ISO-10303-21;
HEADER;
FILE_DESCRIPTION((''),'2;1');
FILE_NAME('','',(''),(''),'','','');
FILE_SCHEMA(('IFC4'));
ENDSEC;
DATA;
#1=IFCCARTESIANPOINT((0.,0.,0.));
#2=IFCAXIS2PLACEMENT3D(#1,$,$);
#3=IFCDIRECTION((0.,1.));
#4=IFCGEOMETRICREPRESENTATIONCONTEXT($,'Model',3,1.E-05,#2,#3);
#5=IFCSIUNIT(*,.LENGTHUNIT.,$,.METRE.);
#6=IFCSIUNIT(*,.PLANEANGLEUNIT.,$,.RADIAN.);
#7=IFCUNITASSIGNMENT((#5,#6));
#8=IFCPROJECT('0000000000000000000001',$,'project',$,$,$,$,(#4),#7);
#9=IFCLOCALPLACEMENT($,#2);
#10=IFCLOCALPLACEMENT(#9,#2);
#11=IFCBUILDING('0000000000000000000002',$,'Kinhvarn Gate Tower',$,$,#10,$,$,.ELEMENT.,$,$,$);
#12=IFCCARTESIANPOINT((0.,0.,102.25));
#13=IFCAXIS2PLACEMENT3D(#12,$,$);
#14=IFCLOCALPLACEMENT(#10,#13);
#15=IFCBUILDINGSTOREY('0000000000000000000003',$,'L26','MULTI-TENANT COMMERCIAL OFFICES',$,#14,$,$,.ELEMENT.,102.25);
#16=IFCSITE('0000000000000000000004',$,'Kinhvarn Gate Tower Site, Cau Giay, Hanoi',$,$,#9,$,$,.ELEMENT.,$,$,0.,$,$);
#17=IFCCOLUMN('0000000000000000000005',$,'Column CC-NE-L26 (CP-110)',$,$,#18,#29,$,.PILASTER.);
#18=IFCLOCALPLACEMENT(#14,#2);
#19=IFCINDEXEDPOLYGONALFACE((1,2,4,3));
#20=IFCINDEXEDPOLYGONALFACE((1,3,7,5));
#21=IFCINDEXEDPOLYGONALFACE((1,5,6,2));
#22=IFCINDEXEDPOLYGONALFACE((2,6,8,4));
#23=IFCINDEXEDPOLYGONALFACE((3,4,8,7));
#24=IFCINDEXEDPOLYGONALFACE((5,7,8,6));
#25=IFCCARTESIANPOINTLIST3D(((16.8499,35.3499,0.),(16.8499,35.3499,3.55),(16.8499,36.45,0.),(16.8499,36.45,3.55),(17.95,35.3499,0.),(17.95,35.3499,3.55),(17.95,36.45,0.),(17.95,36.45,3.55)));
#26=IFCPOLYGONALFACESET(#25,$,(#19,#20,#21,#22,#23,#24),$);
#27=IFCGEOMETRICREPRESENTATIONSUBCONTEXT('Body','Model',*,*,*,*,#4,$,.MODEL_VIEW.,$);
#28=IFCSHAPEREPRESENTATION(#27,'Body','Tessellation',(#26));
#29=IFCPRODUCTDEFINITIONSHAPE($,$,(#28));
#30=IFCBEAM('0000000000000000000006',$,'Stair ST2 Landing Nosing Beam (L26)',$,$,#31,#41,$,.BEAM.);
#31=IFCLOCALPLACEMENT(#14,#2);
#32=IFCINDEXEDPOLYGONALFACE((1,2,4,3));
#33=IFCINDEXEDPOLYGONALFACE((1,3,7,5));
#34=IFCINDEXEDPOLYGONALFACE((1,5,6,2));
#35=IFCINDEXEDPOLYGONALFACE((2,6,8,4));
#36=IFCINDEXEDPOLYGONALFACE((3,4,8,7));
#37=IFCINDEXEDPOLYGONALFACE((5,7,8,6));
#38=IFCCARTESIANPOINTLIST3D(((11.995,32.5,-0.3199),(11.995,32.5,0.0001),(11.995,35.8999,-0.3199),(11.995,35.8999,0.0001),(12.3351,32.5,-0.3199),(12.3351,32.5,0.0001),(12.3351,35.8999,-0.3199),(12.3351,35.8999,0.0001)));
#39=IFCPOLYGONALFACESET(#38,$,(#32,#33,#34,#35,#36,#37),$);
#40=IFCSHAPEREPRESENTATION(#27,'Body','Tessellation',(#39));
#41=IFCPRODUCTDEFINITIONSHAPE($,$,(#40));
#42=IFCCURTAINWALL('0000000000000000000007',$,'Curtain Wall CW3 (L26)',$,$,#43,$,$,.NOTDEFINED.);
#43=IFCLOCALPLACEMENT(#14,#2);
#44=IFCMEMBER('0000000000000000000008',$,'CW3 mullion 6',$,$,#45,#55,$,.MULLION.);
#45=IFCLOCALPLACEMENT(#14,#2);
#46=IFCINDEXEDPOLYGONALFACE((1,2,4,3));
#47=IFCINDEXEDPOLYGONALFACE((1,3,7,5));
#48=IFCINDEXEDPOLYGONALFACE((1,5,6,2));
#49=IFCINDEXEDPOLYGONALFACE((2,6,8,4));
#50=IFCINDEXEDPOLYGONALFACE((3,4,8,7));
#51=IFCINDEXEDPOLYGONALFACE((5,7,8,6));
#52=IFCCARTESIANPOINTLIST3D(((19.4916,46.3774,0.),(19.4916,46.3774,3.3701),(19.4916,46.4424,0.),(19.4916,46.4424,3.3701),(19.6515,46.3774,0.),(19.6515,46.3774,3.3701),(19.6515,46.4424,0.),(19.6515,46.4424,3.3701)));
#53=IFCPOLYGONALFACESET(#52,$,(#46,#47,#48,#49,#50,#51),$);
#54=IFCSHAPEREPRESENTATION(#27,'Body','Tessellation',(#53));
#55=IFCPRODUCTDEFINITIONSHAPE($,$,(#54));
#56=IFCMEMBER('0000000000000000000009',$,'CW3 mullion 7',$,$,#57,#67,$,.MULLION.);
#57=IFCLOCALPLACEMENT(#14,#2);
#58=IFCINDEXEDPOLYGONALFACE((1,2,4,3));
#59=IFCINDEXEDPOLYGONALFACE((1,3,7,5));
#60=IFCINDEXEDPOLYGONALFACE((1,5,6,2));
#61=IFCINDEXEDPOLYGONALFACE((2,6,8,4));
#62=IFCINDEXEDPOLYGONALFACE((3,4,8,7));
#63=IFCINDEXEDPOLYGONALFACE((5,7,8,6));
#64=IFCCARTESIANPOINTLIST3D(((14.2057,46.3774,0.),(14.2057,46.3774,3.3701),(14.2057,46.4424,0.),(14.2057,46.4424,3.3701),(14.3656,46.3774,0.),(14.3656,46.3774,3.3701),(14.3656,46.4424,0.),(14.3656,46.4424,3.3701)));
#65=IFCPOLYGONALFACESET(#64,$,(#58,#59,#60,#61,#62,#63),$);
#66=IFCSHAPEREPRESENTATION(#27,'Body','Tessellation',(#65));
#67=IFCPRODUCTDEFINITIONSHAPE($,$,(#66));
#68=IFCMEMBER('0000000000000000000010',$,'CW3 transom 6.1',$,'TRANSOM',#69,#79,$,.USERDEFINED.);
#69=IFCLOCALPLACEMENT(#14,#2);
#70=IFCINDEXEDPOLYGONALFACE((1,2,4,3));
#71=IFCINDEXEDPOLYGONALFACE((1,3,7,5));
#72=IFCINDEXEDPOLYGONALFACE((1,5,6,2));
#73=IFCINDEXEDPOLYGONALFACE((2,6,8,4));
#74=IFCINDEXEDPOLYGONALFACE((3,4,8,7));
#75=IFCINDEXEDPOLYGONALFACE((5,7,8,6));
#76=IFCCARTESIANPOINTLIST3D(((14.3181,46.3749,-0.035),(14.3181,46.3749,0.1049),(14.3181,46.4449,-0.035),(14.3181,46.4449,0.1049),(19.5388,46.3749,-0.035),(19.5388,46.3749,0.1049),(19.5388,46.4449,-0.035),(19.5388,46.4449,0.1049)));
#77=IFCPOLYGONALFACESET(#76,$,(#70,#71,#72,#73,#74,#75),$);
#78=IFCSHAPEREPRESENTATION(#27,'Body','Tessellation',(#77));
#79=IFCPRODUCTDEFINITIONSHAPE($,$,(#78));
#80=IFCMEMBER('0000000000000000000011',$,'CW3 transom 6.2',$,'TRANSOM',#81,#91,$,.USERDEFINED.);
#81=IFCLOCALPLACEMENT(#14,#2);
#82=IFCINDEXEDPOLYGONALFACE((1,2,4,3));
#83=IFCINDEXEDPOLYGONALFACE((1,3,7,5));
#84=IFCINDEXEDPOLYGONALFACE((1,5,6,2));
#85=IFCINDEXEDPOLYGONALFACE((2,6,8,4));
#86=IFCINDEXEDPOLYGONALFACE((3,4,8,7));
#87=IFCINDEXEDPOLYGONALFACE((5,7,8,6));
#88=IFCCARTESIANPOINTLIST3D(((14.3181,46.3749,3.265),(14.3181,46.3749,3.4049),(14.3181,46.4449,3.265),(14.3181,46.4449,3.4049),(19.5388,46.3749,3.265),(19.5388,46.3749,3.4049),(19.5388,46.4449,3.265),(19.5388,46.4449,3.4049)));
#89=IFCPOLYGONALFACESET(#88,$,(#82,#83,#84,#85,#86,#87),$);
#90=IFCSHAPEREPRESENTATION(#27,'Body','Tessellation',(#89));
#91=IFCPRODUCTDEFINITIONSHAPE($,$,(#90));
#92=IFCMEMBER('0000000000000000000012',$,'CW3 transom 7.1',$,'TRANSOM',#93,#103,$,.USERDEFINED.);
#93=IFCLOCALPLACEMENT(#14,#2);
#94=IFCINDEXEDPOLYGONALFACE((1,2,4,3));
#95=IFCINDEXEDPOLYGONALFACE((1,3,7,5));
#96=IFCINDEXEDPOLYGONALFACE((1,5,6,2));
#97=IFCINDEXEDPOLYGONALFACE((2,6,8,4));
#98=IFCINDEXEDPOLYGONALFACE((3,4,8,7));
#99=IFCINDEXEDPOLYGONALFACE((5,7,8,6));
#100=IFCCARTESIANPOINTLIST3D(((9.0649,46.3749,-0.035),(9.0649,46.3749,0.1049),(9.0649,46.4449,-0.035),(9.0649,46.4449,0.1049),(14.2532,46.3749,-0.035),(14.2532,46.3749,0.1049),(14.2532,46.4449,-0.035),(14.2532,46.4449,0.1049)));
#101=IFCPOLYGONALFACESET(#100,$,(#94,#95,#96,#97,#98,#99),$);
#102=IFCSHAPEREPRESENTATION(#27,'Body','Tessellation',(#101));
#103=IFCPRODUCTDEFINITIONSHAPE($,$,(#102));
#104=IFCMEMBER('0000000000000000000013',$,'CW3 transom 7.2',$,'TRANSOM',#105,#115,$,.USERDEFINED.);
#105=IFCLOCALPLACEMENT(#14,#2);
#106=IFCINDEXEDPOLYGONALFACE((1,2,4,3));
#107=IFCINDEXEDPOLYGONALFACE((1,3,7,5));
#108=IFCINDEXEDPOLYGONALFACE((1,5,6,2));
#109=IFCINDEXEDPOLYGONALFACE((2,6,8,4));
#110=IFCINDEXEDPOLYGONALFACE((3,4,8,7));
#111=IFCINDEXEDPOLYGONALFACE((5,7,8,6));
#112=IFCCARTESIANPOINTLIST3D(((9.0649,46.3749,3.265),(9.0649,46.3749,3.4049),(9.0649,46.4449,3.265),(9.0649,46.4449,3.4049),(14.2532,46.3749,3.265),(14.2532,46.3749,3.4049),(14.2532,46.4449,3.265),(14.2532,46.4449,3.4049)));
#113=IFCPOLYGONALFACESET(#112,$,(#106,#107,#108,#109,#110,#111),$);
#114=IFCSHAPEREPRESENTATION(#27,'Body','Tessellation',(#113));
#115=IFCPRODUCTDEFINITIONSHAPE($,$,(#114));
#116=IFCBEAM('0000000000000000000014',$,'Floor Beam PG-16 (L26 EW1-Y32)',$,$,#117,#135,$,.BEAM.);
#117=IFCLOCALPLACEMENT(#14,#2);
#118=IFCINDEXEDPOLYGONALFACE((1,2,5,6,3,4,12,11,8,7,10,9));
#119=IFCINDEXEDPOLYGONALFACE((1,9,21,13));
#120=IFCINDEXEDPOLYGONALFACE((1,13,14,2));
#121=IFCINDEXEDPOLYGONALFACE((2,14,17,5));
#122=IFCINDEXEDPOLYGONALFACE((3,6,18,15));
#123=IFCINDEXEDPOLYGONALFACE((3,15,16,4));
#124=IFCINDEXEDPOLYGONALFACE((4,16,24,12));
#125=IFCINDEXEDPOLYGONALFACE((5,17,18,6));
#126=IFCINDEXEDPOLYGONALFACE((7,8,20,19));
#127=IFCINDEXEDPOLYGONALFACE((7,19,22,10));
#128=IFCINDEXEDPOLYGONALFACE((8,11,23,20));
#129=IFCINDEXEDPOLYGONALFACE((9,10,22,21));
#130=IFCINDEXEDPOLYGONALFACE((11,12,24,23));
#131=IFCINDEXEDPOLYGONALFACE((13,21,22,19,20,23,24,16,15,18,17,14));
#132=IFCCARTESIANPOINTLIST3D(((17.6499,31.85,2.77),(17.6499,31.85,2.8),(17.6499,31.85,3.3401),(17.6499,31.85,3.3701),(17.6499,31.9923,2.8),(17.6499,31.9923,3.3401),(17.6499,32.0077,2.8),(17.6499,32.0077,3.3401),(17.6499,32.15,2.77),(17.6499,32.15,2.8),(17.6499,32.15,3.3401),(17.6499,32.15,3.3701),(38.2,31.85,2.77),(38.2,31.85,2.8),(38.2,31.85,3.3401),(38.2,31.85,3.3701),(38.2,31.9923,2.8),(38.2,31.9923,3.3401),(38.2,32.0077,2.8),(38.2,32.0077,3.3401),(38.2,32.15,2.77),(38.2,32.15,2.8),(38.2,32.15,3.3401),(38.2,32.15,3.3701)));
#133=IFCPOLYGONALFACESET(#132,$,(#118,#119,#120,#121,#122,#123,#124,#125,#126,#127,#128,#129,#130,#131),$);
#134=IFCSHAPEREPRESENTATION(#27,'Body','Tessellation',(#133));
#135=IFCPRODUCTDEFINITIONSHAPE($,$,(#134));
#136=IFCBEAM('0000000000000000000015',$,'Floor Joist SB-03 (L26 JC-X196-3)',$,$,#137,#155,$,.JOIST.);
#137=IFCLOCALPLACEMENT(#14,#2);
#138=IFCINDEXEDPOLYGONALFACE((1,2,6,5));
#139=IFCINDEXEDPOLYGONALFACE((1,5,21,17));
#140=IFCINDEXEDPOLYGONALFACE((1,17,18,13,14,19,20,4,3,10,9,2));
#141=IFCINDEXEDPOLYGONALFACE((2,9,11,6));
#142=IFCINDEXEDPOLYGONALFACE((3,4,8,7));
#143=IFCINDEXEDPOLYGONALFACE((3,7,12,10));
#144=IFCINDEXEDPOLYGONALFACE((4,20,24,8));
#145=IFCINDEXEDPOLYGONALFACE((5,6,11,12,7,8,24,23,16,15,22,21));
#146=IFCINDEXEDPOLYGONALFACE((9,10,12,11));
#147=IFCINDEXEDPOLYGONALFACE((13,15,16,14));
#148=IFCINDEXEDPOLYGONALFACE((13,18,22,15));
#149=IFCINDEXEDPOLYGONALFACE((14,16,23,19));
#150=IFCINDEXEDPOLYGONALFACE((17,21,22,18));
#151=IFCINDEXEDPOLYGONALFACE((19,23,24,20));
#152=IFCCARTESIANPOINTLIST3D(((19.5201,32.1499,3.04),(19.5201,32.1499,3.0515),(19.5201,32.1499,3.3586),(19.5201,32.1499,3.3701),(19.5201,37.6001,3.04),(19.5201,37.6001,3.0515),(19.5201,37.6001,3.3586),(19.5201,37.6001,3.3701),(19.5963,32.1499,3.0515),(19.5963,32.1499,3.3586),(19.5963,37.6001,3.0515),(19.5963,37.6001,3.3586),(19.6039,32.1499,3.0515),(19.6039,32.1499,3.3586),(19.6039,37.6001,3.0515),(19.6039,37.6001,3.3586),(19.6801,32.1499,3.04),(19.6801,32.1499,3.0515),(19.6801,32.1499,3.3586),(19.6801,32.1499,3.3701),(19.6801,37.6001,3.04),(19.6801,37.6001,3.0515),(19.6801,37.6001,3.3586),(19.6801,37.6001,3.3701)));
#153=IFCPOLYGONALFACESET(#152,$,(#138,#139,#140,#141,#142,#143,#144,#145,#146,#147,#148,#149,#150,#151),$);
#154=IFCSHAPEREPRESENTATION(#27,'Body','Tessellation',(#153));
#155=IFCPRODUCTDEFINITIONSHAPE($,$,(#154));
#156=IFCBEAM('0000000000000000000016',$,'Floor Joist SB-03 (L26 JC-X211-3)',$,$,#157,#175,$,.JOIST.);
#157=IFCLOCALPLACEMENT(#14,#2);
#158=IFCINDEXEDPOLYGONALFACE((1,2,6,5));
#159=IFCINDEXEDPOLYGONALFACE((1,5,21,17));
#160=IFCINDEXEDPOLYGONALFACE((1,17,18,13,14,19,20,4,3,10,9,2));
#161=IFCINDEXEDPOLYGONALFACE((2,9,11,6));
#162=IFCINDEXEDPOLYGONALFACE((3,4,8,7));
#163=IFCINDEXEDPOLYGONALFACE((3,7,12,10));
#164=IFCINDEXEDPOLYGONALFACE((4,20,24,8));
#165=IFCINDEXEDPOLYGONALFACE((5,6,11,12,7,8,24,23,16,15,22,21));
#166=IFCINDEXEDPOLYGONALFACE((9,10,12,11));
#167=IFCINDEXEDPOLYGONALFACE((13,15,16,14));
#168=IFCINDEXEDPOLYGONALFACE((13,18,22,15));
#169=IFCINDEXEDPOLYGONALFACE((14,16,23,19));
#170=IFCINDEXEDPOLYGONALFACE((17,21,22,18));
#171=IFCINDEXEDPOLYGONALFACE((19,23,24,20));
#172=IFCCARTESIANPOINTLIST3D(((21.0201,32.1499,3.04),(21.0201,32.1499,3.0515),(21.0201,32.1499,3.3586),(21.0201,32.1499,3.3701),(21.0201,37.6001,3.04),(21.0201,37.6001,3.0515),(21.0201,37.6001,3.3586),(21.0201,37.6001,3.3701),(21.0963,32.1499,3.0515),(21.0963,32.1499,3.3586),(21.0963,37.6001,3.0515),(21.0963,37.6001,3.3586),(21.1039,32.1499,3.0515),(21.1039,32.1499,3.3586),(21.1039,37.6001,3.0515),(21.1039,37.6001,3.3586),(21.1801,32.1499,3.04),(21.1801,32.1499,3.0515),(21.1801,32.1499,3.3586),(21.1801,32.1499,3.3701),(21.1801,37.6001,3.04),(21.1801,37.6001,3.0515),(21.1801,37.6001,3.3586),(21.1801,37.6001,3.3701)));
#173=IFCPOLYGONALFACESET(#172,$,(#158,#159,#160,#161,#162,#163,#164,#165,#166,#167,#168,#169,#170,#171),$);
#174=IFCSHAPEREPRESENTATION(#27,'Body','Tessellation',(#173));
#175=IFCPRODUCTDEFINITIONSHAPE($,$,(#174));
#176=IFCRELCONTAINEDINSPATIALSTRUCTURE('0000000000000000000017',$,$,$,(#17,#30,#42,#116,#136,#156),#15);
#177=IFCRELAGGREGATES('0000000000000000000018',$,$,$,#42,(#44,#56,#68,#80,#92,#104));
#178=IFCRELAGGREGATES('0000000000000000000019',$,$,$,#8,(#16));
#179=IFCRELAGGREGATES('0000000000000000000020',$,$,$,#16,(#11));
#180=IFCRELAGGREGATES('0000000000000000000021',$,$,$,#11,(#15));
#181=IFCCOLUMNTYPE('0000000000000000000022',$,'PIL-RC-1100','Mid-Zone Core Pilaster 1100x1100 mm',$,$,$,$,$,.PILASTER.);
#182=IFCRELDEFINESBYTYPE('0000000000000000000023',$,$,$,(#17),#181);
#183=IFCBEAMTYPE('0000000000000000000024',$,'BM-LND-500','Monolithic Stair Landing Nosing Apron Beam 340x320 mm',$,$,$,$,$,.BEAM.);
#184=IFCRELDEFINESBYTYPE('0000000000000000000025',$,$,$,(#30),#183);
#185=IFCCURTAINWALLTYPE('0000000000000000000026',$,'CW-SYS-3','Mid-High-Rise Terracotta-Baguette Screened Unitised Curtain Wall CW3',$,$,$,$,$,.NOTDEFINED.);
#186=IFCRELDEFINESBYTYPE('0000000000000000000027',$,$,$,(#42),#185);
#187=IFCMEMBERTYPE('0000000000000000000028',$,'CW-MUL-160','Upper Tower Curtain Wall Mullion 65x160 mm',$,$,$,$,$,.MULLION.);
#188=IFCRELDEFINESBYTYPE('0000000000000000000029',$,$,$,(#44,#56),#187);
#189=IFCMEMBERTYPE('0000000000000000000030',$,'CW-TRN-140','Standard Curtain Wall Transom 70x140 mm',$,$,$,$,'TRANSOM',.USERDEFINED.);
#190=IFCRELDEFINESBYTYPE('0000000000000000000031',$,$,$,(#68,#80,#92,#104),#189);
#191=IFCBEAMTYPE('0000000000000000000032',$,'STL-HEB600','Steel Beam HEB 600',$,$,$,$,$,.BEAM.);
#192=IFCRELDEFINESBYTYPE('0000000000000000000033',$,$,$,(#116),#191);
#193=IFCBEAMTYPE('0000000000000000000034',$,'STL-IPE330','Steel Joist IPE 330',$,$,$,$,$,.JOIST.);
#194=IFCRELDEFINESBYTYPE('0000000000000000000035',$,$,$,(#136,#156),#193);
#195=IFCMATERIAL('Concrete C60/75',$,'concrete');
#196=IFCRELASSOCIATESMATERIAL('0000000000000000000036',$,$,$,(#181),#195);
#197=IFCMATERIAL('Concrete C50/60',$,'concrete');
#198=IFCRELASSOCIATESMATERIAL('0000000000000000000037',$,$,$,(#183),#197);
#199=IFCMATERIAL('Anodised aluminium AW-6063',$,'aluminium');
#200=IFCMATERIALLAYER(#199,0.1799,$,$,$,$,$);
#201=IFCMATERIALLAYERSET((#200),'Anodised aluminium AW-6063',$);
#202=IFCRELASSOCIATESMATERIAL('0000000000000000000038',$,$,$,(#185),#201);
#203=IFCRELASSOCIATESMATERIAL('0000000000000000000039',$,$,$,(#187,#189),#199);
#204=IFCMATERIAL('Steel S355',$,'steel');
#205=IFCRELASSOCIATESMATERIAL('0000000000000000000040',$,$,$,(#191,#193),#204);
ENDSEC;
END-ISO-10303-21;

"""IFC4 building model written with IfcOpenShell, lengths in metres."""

from ifc_helpers import new_model, si_unit, direction, frame, origin, origin_2d, place, context, subcontext, project, spatial, rectangle, i_section, extrude, material, layer, layer_set, material_profile, profile_set, type_object, element, aggregate, save


model = new_model("IFC4")

# Units and contexts
model_context = context("Model", 3, precision=1e-05, world=origin(), true_north=direction((0.0, 1.0)))
body_context = subcontext(model_context, "Body", "Model", "MODEL_VIEW")
ifc_project = project(units=[si_unit("LENGTHUNIT", "METRE"), si_unit("PLANEANGLEUNIT", "RADIAN")], contexts=[model_context])

# Site, building, storey
site_placement = place(None, origin())
site = spatial("IfcSite", under=ifc_project, at=site_placement, Name="Kinhvarn Gate Tower Site, Cau Giay, Hanoi", CompositionType="ELEMENT", RefElevation=0.0)
building_placement = place(site_placement, origin())
building = spatial("IfcBuilding", under=site, at=building_placement, Name="Kinhvarn Gate Tower", CompositionType="ELEMENT")
storey_placement = place(building_placement, frame((0.0, 0.0, 102.25)))
storey = spatial("IfcBuildingStorey", under=building, at=storey_placement, Name="L26", Description="MULTI-TENANT COMMERCIAL OFFICES", CompositionType="ELEMENT", Elevation=102.25)

# Column
ifc_material_1 = material(Name="Concrete C60/75", Category="concrete")
ifc_material_profile_1 = material_profile(ifc_material_1, rectangle(XDim=1.1001, YDim=1.1001, at=origin_2d()), Name="RC 1100x1100")
ifc_profile_set_1 = profile_set([ifc_material_profile_1], Name="Concrete C60/75")
column_type = type_object("IfcColumnType", Name="PIL-RC-1100", Description="Mid-Zone Core Pilaster 1100x1100 mm", PredefinedType="PILASTER", material=ifc_profile_set_1)
column_placement = place(storey_placement, frame((17.3999, 35.8999, 0.0), z_axis=(0.0, 0.0, 1.0), x_axis=(1.0, 0.0, 0.0)))
element("IfcColumn", 1, at=column_placement, inside=storey, type_object=column_type, Name="Column CC-NE-L26 (CP-110)", PredefinedType="PILASTER", context=body_context, shape_type="SweptSolid", body=[
    extrude(rectangle(XDim=1.1001, YDim=1.1001, at=origin_2d()), origin(), (0.0, 0.0, 1.0), 3.55),
])

# Beam
ifc_material_2 = material(Name="Concrete C50/60", Category="concrete")
ifc_material_profile_2 = material_profile(ifc_material_2, rectangle(XDim=0.3401, YDim=0.3201, at=origin_2d()), Name="RC 340x320")
ifc_profile_set_2 = profile_set([ifc_material_profile_2], Name="Concrete C50/60")
beam_type_1 = type_object("IfcBeamType", Name="BM-LND-500", Description="Monolithic Stair Landing Nosing Apron Beam 340x320 mm", PredefinedType="BEAM", material=ifc_profile_set_2)
beam_1_placement = place(storey_placement, frame((12.165, 32.5, -0.1599), z_axis=(0.0, 1.0, 0.0), x_axis=(-1.0, 0.0, 0.0)))
element("IfcBeam", 2, at=beam_1_placement, inside=storey, type_object=beam_type_1, Name="Stair ST2 Landing Nosing Beam (L26)", PredefinedType="BEAM", context=body_context, shape_type="SweptSolid", body=[
    extrude(rectangle(XDim=0.3401, YDim=0.3201, at=origin_2d()), origin(), (0.0, 0.0, 1.0), 3.3999),
])

# Curtain wall, members
ifc_material_3 = material(Name="Anodised aluminium AW-6063", Category="aluminium")
ifc_layer_1 = layer(ifc_material_3, 0.1799)
ifc_layer_set_1 = layer_set([ifc_layer_1], Name="Anodised aluminium AW-6063")
curtain_wall_type = type_object("IfcCurtainWallType", Name="CW-SYS-3", Description="Mid-High-Rise Terracotta-Baguette Screened Unitised Curtain Wall CW3", PredefinedType="NOTDEFINED", material=ifc_layer_set_1)
curtain_wall_placement = place(storey_placement, origin())
curtain_wall = element("IfcCurtainWall", 3, at=curtain_wall_placement, inside=storey, type_object=curtain_wall_type, Name="Curtain Wall CW3 (L26)", PredefinedType="NOTDEFINED")
ifc_material_profile_3 = material_profile(ifc_material_3, rectangle(XDim=0.0649, YDim=0.1599, at=origin_2d()), Name="ALU 65x160")
ifc_profile_set_3 = profile_set([ifc_material_profile_3], Name="Anodised aluminium AW-6063")
member_type_1 = type_object("IfcMemberType", Name="CW-MUL-160", Description="Upper Tower Curtain Wall Mullion 65x160 mm", PredefinedType="MULLION", material=ifc_profile_set_3)
member_1_placement = place(storey_placement, frame((19.5715, 46.4099, 0.0), z_axis=(0.0, 0.0, 1.0), x_axis=(0.0, -1.0, 0.0)))
member_1 = element("IfcMember", 4, at=member_1_placement, type_object=member_type_1, Name="CW3 mullion 6", PredefinedType="MULLION", context=body_context, shape_type="SweptSolid", body=[
    extrude(rectangle(XDim=0.0649, YDim=0.1599, at=origin_2d()), origin(), (0.0, 0.0, 1.0), 3.3701),
])
member_2_placement = place(storey_placement, frame((14.2856, 46.4099, 0.0), z_axis=(0.0, 0.0, 1.0), x_axis=(0.0, -1.0, 0.0)))
member_2 = element("IfcMember", 5, at=member_2_placement, type_object=member_type_1, Name="CW3 mullion 7", PredefinedType="MULLION", context=body_context, shape_type="SweptSolid", body=[
    extrude(rectangle(XDim=0.0649, YDim=0.1599, at=origin_2d()), origin(), (0.0, 0.0, 1.0), 3.3701),
])
ifc_material_profile_4 = material_profile(ifc_material_3, rectangle(XDim=0.0701, YDim=0.1399, at=origin_2d()), Name="ALU 70x140")
ifc_profile_set_4 = profile_set([ifc_material_profile_4], Name="Anodised aluminium AW-6063")
member_type_2 = type_object("IfcMemberType", Name="CW-TRN-140", Description="Standard Curtain Wall Transom 70x140 mm", ElementType="TRANSOM", PredefinedType="USERDEFINED", material=ifc_profile_set_4)
member_3_placement = place(storey_placement, frame((19.5388, 46.4099, 0.0349), z_axis=(-1.0, 0.0, 0.0), x_axis=(0.0, -1.0, 0.0)))
member_3 = element("IfcMember", 6, at=member_3_placement, type_object=member_type_2, Name="CW3 transom 6.1", ObjectType="TRANSOM", PredefinedType="USERDEFINED", context=body_context, shape_type="SweptSolid", body=[
    extrude(rectangle(XDim=0.0701, YDim=0.1399, at=origin_2d()), origin(), (0.0, 0.0, 1.0), 5.2207),
])
member_4_placement = place(storey_placement, frame((19.5388, 46.4099, 3.335), z_axis=(-1.0, 0.0, 0.0), x_axis=(0.0, -1.0, 0.0)))
member_4 = element("IfcMember", 7, at=member_4_placement, type_object=member_type_2, Name="CW3 transom 6.2", ObjectType="TRANSOM", PredefinedType="USERDEFINED", context=body_context, shape_type="SweptSolid", body=[
    extrude(rectangle(XDim=0.0701, YDim=0.1399, at=origin_2d()), origin(), (0.0, 0.0, 1.0), 5.2207),
])
member_5_placement = place(storey_placement, frame((14.2532, 46.4099, 0.0349), z_axis=(-1.0, 0.0, 0.0), x_axis=(0.0, -1.0, 0.0)))
member_5 = element("IfcMember", 8, at=member_5_placement, type_object=member_type_2, Name="CW3 transom 7.1", ObjectType="TRANSOM", PredefinedType="USERDEFINED", context=body_context, shape_type="SweptSolid", body=[
    extrude(rectangle(XDim=0.0701, YDim=0.1399, at=origin_2d()), origin(), (0.0, 0.0, 1.0), 5.1882),
])
member_6_placement = place(storey_placement, frame((14.2532, 46.4099, 3.335), z_axis=(-1.0, 0.0, 0.0), x_axis=(0.0, -1.0, 0.0)))
member_6 = element("IfcMember", 9, at=member_6_placement, type_object=member_type_2, Name="CW3 transom 7.2", ObjectType="TRANSOM", PredefinedType="USERDEFINED", context=body_context, shape_type="SweptSolid", body=[
    extrude(rectangle(XDim=0.0701, YDim=0.1399, at=origin_2d()), origin(), (0.0, 0.0, 1.0), 5.1882),
])

# Beams
ifc_material_4 = material(Name="Steel S355", Category="steel")
ifc_material_profile_5 = material_profile(ifc_material_4, i_section(OverallWidth=0.3, OverallDepth=0.6001, WebThickness=0.0154, FlangeThickness=0.03, at=origin_2d()), Name="HEB 600")
ifc_profile_set_5 = profile_set([ifc_material_profile_5], Name="Steel S355")
beam_type_2 = type_object("IfcBeamType", Name="STL-HEB600", Description="Steel Beam HEB 600", PredefinedType="BEAM", material=ifc_profile_set_5)
beam_2_placement = place(storey_placement, frame((17.6499, 32.0, 3.0701), z_axis=(1.0, 0.0, 0.0), x_axis=(0.0, 1.0, 0.0)))
element("IfcBeam", 10, at=beam_2_placement, inside=storey, type_object=beam_type_2, Name="Floor Beam PG-16 (L26 EW1-Y32)", PredefinedType="BEAM", context=body_context, shape_type="SweptSolid", body=[
    extrude(i_section(OverallWidth=0.3, OverallDepth=0.6001, WebThickness=0.0154, FlangeThickness=0.03, at=origin_2d()), origin(), (0.0, 0.0, 1.0), 20.55),
])
ifc_material_profile_6 = material_profile(ifc_material_4, i_section(OverallWidth=0.1599, OverallDepth=0.3301, WebThickness=0.0076, FlangeThickness=0.0115, at=origin_2d()), Name="IPE 330")
ifc_profile_set_6 = profile_set([ifc_material_profile_6], Name="Steel S355")
beam_type_3 = type_object("IfcBeamType", Name="STL-IPE330", Description="Steel Joist IPE 330", PredefinedType="JOIST", material=ifc_profile_set_6)
for number, where, z_axis, x_axis, name in (
    (11, (19.6001, 32.1499, 3.2051), (0.0, 1.0, 0.0), (-1.0, 0.0, 0.0), "Floor Joist SB-03 (L26 JC-X196-3)"),
    (12, (21.1001, 32.1499, 3.2051), (0.0, 1.0, 0.0), (-1.0, 0.0, 0.0), "Floor Joist SB-03 (L26 JC-X211-3)"),
):
    element("IfcBeam", number, at=place(storey_placement, frame(where, z_axis=z_axis, x_axis=x_axis)), inside=storey, type_object=beam_type_3, Name=name, PredefinedType="JOIST", context=body_context, shape_type="SweptSolid", body=[
        extrude(i_section(OverallWidth=0.1599, OverallDepth=0.3301, WebThickness=0.0076, FlangeThickness=0.0115, at=origin_2d()), origin(), (0.0, 0.0, 1.0), 5.4502),
    ])

aggregate(curtain_wall, [member_1, member_2, member_3, member_4, member_5, member_6])

save(model, "model.ifc")
